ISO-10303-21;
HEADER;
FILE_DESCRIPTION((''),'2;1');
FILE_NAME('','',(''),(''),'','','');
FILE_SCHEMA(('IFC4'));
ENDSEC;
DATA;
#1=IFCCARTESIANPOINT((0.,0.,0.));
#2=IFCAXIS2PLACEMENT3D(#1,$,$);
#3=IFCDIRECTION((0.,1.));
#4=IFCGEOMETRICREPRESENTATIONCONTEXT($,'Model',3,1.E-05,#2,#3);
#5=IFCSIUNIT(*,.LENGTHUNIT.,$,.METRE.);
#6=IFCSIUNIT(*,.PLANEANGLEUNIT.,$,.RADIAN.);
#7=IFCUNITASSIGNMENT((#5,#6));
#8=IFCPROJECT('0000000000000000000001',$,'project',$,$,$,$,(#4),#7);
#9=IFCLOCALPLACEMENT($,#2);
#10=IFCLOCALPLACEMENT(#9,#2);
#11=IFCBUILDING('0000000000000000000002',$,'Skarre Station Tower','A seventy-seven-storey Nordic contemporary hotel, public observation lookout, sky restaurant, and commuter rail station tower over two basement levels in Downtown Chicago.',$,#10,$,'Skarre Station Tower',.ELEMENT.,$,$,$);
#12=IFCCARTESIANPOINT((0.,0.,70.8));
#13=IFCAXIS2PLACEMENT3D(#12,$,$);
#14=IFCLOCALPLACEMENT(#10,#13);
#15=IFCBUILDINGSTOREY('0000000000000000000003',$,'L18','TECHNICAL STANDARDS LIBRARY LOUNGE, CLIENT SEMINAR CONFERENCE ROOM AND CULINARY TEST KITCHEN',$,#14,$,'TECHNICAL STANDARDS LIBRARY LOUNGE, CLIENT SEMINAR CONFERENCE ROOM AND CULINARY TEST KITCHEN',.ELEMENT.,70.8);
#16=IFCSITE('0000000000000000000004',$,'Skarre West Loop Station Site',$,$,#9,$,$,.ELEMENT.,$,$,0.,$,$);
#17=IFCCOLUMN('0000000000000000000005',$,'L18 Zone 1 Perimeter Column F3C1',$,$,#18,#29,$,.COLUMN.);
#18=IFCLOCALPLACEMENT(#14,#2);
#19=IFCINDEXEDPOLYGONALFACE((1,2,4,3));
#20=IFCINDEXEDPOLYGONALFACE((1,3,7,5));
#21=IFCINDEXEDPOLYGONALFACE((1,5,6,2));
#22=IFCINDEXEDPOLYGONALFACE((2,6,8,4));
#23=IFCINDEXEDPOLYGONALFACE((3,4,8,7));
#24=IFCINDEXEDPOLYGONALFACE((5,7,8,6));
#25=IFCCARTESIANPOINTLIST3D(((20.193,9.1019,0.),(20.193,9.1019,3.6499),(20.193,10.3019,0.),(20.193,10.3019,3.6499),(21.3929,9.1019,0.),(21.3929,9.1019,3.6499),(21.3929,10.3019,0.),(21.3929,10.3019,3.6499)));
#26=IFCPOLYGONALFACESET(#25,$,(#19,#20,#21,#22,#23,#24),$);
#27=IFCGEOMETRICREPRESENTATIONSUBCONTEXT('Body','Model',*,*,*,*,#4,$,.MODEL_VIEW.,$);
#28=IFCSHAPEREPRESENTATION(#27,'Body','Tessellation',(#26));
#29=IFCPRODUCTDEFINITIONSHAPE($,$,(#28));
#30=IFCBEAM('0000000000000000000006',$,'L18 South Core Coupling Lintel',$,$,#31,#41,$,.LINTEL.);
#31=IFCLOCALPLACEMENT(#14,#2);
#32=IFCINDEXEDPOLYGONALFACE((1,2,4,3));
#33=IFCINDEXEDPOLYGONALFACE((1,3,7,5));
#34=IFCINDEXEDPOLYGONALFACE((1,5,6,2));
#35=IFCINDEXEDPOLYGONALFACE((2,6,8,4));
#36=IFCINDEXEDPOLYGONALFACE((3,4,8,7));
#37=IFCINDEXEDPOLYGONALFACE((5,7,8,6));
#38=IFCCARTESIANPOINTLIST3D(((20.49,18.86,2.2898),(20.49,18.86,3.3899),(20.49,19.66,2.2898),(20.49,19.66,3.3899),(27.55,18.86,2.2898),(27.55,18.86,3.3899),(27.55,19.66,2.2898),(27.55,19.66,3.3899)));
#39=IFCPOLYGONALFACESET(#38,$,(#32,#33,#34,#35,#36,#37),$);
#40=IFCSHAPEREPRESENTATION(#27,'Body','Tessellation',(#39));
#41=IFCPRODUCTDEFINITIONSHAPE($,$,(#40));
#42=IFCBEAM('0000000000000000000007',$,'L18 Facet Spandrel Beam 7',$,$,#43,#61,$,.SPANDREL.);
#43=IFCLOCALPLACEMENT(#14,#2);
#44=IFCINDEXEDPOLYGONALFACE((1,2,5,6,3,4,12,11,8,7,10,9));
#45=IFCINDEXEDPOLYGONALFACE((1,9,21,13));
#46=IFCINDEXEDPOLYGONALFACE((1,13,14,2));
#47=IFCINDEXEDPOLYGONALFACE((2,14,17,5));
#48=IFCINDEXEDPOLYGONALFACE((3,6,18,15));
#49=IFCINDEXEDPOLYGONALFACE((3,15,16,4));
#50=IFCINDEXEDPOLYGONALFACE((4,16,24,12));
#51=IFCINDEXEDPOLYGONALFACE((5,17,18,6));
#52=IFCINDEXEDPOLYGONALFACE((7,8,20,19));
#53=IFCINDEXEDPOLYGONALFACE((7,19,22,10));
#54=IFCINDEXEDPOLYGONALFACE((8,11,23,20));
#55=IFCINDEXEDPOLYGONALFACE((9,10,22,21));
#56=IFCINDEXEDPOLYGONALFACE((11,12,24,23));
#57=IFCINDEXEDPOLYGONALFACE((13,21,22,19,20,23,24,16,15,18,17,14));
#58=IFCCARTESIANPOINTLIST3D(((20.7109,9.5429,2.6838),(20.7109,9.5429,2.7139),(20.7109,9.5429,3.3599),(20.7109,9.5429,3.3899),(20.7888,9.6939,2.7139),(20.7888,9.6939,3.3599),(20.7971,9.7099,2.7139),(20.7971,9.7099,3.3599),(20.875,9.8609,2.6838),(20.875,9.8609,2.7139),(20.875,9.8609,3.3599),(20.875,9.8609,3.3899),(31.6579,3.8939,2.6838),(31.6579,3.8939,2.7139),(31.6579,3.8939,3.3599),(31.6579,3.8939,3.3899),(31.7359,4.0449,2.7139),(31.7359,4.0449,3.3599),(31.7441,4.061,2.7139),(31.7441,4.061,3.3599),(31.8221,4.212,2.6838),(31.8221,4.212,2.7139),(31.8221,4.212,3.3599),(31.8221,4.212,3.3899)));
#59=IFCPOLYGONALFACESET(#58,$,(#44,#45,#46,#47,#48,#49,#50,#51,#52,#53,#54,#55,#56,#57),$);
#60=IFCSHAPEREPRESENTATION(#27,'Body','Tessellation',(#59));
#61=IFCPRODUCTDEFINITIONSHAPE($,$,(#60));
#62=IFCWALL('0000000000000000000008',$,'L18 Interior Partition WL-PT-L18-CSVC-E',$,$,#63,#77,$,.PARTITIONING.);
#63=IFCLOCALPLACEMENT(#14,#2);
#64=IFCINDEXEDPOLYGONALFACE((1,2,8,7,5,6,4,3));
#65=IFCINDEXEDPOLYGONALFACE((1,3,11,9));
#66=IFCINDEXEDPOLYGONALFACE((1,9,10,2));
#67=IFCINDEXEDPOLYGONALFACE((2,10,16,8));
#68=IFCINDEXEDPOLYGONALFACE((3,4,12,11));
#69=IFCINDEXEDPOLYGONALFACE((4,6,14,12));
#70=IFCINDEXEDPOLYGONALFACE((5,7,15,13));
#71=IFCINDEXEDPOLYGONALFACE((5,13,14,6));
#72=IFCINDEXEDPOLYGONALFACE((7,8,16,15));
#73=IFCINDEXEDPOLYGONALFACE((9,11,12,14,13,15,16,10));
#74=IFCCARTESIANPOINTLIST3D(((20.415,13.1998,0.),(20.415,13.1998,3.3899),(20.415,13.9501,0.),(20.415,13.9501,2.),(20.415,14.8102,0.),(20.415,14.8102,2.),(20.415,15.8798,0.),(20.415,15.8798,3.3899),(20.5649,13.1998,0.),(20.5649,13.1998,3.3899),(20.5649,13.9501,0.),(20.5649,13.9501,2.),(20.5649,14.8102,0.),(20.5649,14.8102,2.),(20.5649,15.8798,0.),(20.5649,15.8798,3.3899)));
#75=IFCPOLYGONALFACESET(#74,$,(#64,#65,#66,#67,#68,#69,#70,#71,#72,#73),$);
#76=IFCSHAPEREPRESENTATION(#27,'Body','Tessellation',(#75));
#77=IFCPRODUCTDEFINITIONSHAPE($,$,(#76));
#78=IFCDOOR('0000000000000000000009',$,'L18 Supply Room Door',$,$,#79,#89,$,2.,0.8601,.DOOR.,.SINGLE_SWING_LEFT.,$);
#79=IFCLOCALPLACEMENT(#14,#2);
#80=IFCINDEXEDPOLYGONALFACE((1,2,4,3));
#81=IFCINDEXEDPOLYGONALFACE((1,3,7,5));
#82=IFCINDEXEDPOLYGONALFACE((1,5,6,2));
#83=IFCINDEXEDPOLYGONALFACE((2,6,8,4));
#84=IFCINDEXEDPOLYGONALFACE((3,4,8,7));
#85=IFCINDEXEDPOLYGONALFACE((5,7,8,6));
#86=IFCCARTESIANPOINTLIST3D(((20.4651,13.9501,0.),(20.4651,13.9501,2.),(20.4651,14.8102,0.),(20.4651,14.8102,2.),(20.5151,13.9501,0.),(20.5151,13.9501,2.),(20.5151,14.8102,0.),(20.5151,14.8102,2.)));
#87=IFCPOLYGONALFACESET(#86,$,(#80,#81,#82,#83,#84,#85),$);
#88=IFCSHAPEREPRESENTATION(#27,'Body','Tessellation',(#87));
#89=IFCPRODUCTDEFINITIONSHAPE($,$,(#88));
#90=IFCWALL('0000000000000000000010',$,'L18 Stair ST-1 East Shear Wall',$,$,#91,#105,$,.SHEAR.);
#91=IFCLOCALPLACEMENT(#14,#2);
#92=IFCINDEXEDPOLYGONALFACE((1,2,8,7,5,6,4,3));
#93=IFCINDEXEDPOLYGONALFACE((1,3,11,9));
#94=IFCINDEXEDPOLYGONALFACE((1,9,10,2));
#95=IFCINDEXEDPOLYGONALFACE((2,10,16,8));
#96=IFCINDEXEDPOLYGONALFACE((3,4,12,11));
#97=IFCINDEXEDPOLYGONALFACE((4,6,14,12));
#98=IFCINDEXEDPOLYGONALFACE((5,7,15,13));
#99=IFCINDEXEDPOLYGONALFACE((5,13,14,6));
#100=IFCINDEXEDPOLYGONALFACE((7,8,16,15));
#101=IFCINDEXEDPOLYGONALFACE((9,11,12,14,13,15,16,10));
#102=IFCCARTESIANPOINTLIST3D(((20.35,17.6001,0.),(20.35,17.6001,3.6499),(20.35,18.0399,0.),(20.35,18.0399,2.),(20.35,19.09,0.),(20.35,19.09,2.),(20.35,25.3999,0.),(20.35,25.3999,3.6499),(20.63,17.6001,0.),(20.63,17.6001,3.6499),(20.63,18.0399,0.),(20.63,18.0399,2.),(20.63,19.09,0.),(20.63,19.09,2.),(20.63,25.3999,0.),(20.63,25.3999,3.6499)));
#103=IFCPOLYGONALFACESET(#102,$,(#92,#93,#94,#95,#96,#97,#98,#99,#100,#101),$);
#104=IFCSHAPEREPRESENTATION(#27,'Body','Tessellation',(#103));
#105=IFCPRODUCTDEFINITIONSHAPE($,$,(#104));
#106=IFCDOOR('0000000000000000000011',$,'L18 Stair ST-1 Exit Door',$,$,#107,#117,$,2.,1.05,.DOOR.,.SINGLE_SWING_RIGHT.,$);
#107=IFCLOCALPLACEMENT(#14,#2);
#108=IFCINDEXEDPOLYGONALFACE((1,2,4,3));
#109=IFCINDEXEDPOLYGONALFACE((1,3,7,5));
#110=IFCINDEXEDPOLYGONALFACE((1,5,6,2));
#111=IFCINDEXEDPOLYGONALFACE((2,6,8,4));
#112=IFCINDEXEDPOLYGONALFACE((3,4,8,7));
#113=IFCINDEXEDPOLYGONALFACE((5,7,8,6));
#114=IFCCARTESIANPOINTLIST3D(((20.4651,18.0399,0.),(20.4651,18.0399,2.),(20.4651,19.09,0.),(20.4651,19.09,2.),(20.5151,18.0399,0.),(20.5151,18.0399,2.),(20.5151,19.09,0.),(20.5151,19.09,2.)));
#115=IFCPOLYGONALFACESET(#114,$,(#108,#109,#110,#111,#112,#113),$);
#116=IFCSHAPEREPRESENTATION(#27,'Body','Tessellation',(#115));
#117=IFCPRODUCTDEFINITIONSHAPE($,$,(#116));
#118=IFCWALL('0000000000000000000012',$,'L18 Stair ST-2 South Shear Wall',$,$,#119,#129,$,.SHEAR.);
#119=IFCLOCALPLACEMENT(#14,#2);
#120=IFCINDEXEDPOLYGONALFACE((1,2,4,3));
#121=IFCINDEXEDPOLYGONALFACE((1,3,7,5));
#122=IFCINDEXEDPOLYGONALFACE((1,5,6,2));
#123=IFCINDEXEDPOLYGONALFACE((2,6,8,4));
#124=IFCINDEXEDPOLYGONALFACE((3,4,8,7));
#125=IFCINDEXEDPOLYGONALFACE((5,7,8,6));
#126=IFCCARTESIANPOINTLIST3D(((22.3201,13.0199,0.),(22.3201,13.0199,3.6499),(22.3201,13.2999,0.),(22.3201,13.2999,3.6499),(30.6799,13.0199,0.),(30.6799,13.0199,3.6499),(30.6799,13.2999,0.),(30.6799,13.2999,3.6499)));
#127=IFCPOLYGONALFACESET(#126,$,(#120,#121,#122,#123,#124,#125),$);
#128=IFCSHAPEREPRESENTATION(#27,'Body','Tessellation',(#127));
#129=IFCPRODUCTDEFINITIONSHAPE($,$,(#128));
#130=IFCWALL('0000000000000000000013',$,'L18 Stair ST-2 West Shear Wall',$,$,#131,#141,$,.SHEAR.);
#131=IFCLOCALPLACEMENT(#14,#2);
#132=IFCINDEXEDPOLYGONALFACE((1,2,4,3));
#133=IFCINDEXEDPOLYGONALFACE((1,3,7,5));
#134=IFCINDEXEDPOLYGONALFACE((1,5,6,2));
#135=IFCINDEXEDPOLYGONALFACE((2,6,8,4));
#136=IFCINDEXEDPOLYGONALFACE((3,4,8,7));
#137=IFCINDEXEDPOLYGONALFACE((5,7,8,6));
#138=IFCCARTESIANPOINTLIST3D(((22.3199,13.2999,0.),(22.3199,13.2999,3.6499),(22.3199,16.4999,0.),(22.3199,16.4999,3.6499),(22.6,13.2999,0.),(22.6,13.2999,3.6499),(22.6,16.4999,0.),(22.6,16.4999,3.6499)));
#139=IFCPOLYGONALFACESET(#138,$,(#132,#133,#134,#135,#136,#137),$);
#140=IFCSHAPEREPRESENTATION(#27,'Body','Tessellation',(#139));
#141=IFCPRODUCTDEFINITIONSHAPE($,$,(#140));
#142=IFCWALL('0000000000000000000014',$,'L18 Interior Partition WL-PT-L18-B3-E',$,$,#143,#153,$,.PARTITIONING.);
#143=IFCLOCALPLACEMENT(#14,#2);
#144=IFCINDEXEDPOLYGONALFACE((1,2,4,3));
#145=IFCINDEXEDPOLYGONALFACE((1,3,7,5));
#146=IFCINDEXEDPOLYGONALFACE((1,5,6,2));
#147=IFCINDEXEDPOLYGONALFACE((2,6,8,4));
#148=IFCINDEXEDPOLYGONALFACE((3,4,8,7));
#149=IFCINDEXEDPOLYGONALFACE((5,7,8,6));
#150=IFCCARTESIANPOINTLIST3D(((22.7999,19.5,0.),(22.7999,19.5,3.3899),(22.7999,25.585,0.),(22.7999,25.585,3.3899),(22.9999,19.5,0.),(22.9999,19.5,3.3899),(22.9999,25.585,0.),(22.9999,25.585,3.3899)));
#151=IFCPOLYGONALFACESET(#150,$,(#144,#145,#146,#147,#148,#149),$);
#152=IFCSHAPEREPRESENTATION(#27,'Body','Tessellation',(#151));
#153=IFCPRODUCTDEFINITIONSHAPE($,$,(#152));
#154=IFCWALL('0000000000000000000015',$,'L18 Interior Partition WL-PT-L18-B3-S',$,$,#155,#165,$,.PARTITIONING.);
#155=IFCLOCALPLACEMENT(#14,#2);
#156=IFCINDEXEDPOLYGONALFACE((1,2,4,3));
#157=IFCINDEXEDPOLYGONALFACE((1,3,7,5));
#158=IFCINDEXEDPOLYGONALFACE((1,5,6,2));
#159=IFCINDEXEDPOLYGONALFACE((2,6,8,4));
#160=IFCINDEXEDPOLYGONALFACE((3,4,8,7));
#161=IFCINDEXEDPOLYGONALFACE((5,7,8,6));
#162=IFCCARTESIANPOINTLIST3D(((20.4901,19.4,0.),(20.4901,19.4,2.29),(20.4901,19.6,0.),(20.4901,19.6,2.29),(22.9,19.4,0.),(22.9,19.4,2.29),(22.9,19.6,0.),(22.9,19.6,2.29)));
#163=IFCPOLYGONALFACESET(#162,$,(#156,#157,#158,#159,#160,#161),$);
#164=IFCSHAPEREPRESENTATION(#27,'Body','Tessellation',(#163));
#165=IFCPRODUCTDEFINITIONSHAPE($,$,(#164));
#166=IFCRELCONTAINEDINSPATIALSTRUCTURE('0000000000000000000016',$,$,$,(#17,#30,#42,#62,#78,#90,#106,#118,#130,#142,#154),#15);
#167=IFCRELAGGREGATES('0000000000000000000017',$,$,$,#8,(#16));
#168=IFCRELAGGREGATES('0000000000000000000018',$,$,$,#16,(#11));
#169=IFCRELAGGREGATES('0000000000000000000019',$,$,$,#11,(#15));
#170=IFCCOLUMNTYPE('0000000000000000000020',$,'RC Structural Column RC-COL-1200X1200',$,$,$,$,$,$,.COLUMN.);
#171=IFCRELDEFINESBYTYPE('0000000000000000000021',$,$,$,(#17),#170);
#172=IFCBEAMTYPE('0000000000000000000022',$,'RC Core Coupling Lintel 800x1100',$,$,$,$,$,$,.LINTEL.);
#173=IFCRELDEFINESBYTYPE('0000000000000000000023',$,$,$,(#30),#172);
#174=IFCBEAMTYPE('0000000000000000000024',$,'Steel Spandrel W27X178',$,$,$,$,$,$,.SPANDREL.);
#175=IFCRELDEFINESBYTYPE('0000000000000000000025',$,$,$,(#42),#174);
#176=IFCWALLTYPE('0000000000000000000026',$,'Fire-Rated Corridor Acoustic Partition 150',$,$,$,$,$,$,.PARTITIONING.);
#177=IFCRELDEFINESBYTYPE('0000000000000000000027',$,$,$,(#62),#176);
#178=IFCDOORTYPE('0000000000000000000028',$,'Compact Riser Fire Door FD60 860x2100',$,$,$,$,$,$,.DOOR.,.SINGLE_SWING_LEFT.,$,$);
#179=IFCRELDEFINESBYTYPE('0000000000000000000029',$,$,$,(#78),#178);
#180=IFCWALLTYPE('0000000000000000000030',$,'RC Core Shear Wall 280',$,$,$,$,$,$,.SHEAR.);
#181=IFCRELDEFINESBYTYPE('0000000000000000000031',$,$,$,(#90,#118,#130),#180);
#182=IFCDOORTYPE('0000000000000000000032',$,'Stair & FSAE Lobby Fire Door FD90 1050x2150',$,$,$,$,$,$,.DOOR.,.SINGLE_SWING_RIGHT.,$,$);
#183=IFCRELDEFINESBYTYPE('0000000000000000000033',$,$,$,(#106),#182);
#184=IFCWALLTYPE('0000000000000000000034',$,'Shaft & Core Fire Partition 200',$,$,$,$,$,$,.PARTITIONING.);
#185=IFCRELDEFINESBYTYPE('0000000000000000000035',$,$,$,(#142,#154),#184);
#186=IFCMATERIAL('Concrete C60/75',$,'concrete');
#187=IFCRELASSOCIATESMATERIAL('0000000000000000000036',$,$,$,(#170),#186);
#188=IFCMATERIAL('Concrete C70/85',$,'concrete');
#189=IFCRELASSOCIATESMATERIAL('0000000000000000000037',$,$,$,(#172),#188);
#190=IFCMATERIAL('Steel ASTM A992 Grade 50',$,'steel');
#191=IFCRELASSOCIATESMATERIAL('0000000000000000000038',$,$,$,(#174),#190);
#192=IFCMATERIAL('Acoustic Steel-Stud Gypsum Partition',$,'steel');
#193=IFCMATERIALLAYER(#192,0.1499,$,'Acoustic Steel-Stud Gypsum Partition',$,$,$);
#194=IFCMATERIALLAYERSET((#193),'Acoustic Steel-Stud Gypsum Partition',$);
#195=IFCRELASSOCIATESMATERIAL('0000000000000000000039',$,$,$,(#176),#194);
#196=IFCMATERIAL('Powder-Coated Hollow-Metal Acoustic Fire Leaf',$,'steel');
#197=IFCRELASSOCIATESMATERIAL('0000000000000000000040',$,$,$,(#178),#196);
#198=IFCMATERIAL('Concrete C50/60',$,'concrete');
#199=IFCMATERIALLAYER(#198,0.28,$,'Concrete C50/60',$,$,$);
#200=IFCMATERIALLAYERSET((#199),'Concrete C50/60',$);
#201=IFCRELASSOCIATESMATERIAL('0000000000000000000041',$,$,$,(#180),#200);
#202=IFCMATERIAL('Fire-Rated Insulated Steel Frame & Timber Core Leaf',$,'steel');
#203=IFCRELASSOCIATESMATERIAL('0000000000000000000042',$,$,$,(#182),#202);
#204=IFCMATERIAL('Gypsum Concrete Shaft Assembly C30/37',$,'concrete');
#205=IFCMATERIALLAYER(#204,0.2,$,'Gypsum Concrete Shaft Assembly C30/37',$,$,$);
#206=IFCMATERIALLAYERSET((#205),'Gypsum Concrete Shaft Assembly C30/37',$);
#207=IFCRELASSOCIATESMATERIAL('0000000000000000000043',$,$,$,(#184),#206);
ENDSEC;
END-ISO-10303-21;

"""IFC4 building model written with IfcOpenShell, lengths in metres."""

from ifc_helpers import new_model, si_unit, direction, frame, frame_2d, origin, origin_2d, place, context, subcontext, project, spatial, rectangle, i_section, extrude, material, layer, layer_set, material_profile, profile_set, type_object, element, fill, save


model = new_model("IFC4")

# Units and contexts
model_context = context("Model", 3, precision=1e-05, world=origin(), true_north=direction((0.0, 1.0)))
body_context = subcontext(model_context, "Body", "Model", "MODEL_VIEW")
ifc_project = project(units=[si_unit("LENGTHUNIT", "METRE"), si_unit("PLANEANGLEUNIT", "RADIAN")], contexts=[model_context])

# Site, building, storey
site_placement = place(None, origin())
site = spatial("IfcSite", under=ifc_project, at=site_placement, Name="Skarre West Loop Station Site", CompositionType="ELEMENT", RefElevation=0.0)
building_placement = place(site_placement, origin())
building = spatial("IfcBuilding", under=site, at=building_placement, Name="Skarre Station Tower", Description="A seventy-seven-storey Nordic contemporary hotel, public observation lookout, sky restaurant, and commuter rail station tower over two basement levels in Downtown Chicago.", LongName="Skarre Station Tower", CompositionType="ELEMENT")
storey_placement = place(building_placement, frame((0.0, 0.0, 70.8)))
storey = spatial("IfcBuildingStorey", under=building, at=storey_placement, Name="L18", Description="TECHNICAL STANDARDS LIBRARY LOUNGE, CLIENT SEMINAR CONFERENCE ROOM AND CULINARY TEST KITCHEN", LongName="TECHNICAL STANDARDS LIBRARY LOUNGE, CLIENT SEMINAR CONFERENCE ROOM AND CULINARY TEST KITCHEN", CompositionType="ELEMENT", Elevation=70.8)

# Column
ifc_material_1 = material(Name="Concrete C60/75", Category="concrete")
ifc_material_profile_1 = material_profile(ifc_material_1, rectangle(XDim=1.2, YDim=1.2, at=origin_2d()), Name="Concrete C60/75")
ifc_profile_set_1 = profile_set([ifc_material_profile_1], Name="Concrete C60/75")
column_type = type_object("IfcColumnType", Name="RC Structural Column RC-COL-1200X1200", PredefinedType="COLUMN", material=ifc_profile_set_1)
column_placement = place(storey_placement, frame((20.793, 9.7019, 0.0), z_axis=(0.0, 0.0, 1.0), x_axis=(1.0, 0.0, 0.0)))
element("IfcColumn", 1, at=column_placement, inside=storey, type_object=column_type, Name="L18 Zone 1 Perimeter Column F3C1", PredefinedType="COLUMN", context=body_context, shape_type="SweptSolid", body=[
    extrude(rectangle(XDim=1.2, YDim=1.2, at=origin_2d()), origin(), (0.0, 0.0, 1.0), 3.6499),
])

# Beams
ifc_material_2 = material(Name="Concrete C70/85", Category="concrete")
ifc_material_profile_2 = material_profile(ifc_material_2, rectangle(XDim=0.8, YDim=1.1001, at=origin_2d()), Name="Concrete C70/85")
ifc_profile_set_2 = profile_set([ifc_material_profile_2], Name="Concrete C70/85")
beam_type_1 = type_object("IfcBeamType", Name="RC Core Coupling Lintel 800x1100", PredefinedType="LINTEL", material=ifc_profile_set_2)
beam_1_placement = place(storey_placement, frame((20.49, 19.26, 2.8398), z_axis=(1.0, 0.0, 0.0), x_axis=(0.0, 1.0, 0.0)))
element("IfcBeam", 2, at=beam_1_placement, inside=storey, type_object=beam_type_1, Name="L18 South Core Coupling Lintel", PredefinedType="LINTEL", context=body_context, shape_type="SweptSolid", body=[
    extrude(rectangle(XDim=0.8, YDim=1.1001, at=origin_2d()), origin(), (0.0, 0.0, 1.0), 7.0601),
])
ifc_material_3 = material(Name="Steel ASTM A992 Grade 50", Category="steel")
ifc_material_profile_3 = material_profile(ifc_material_3, i_section(OverallWidth=0.3579, OverallDepth=0.7061, WebThickness=0.0181, FlangeThickness=0.03, at=origin_2d()), Name="Steel ASTM A992 Grade 50")
ifc_profile_set_3 = profile_set([ifc_material_profile_3], Name="Steel ASTM A992 Grade 50")
beam_type_2 = type_object("IfcBeamType", Name="Steel Spandrel W27X178", PredefinedType="SPANDREL", material=ifc_profile_set_3)
beam_2_placement = place(storey_placement, frame((20.793, 9.7019, 3.0369), z_axis=(0.888659, -0.458569, 0.0), x_axis=(0.458569, 0.888659, 0.0)))
element("IfcBeam", 3, at=beam_2_placement, inside=storey, type_object=beam_type_2, Name="L18 Facet Spandrel Beam 7", PredefinedType="SPANDREL", context=body_context, shape_type="SweptSolid", body=[
    extrude(i_section(OverallWidth=0.3579, OverallDepth=0.7061, WebThickness=0.0181, FlangeThickness=0.03, at=origin_2d()), origin(), (0.0, 0.0, 1.0), 12.3186),
])

# Walls, openings, doors
ifc_material_4 = material(Name="Acoustic Steel-Stud Gypsum Partition", Category="steel")
ifc_layer_1 = layer(ifc_material_4, 0.1499, Name="Acoustic Steel-Stud Gypsum Partition")
ifc_layer_set_1 = layer_set([ifc_layer_1], Name="Acoustic Steel-Stud Gypsum Partition")
wall_type_1 = type_object("IfcWallType", Name="Fire-Rated Corridor Acoustic Partition 150", PredefinedType="PARTITIONING", material=ifc_layer_set_1)
wall_1_placement = place(storey_placement, frame((20.49, 13.2, 0.0), z_axis=(0.0, 0.0, 1.0), x_axis=(0.0, 1.0, 0.0)))
wall_1 = element("IfcWall", 4, at=wall_1_placement, inside=storey, type_object=wall_type_1, Name="L18 Interior Partition WL-PT-L18-CSVC-E", PredefinedType="PARTITIONING", context=body_context, shape_type="SweptSolid", body=[
    extrude(rectangle(XDim=2.6799, YDim=0.1499, at=frame_2d((1.3398, 0.0))), origin(), (0.0, 0.0, 1.0), 3.3899),
])
opening_1_placement = place(wall_1_placement, frame((0.75, 0.0, 0.0)))
opening_1 = element("IfcOpeningElement", 5, at=opening_1_placement, cuts=wall_1, PredefinedType="OPENING", context=body_context, shape_type="SweptSolid", body=[
    extrude(rectangle(XDim=0.8601, YDim=2.0, at=frame_2d((0.4302, 1.0))), frame((0.0, 0.085, 0.0), z_axis=(0.0, -1.0, 0.0), x_axis=(1.0, 0.0, 0.0)), (0.0, 0.0, 1.0), 0.1699),
])
ifc_material_5 = material(Name="Powder-Coated Hollow-Metal Acoustic Fire Leaf", Category="steel")
door_type_1 = type_object("IfcDoorType", Name="Compact Riser Fire Door FD60 860x2100", OperationType="SINGLE_SWING_LEFT", PredefinedType="DOOR", material=ifc_material_5)
door_1_placement = place(opening_1_placement, origin())
door_1 = element("IfcDoor", 6, at=door_1_placement, inside=storey, type_object=door_type_1, Name="L18 Supply Room Door", OperationType="SINGLE_SWING_LEFT", OverallHeight=2.0, OverallWidth=0.8601, PredefinedType="DOOR", context=body_context, shape_type="SweptSolid", body=[
    extrude(rectangle(XDim=0.8601, YDim=2.0, at=frame_2d((0.4302, 1.0))), frame((0.0, 0.0249, 0.0), z_axis=(0.0, -1.0, 0.0), x_axis=(1.0, 0.0, 0.0)), (0.0, 0.0, 1.0), 0.05),
])
fill(opening_1, door_1)
ifc_material_6 = material(Name="Concrete C50/60", Category="concrete")
ifc_layer_2 = layer(ifc_material_6, 0.28, Name="Concrete C50/60")
ifc_layer_set_2 = layer_set([ifc_layer_2], Name="Concrete C50/60")
wall_type_2 = type_object("IfcWallType", Name="RC Core Shear Wall 280", PredefinedType="SHEAR", material=ifc_layer_set_2)
wall_2_placement = place(storey_placement, frame((20.49, 17.6001, 0.0), z_axis=(0.0, 0.0, 1.0), x_axis=(0.0, 1.0, 0.0)))
wall_2 = element("IfcWall", 7, at=wall_2_placement, inside=storey, type_object=wall_type_2, Name="L18 Stair ST-1 East Shear Wall", PredefinedType="SHEAR", context=body_context, shape_type="SweptSolid", body=[
    extrude(rectangle(XDim=7.7998, YDim=0.28, at=frame_2d((3.8999, 0.0))), origin(), (0.0, 0.0, 1.0), 3.6499),
])
opening_2_placement = place(wall_2_placement, frame((0.4399, 0.0, 0.0)))
opening_2 = element("IfcOpeningElement", 8, at=opening_2_placement, cuts=wall_2, PredefinedType="OPENING", context=body_context, shape_type="SweptSolid", body=[
    extrude(rectangle(XDim=1.05, YDim=2.0, at=frame_2d((0.5249, 1.0))), frame((0.0, 0.1499, 0.0), z_axis=(0.0, -1.0, 0.0), x_axis=(1.0, 0.0, 0.0)), (0.0, 0.0, 1.0), 0.3),
])
ifc_material_7 = material(Name="Fire-Rated Insulated Steel Frame & Timber Core Leaf", Category="steel")
door_type_2 = type_object("IfcDoorType", Name="Stair & FSAE Lobby Fire Door FD90 1050x2150", OperationType="SINGLE_SWING_RIGHT", PredefinedType="DOOR", material=ifc_material_7)
door_2_placement = place(opening_2_placement, origin())
door_2 = element("IfcDoor", 9, at=door_2_placement, inside=storey, type_object=door_type_2, Name="L18 Stair ST-1 Exit Door", OperationType="SINGLE_SWING_RIGHT", OverallHeight=2.0, OverallWidth=1.05, PredefinedType="DOOR", context=body_context, shape_type="SweptSolid", body=[
    extrude(rectangle(XDim=1.05, YDim=2.0, at=frame_2d((0.5249, 1.0))), frame((0.0, 0.0249, 0.0), z_axis=(0.0, -1.0, 0.0), x_axis=(1.0, 0.0, 0.0)), (0.0, 0.0, 1.0), 0.05),
])
fill(opening_2, door_2)

# Walls
wall_3_placement = place(storey_placement, frame((22.3201, 13.1599, 0.0), z_axis=(0.0, 0.0, 1.0), x_axis=(1.0, 0.0, 0.0)))
element("IfcWall", 10, at=wall_3_placement, inside=storey, type_object=wall_type_2, Name="L18 Stair ST-2 South Shear Wall", PredefinedType="SHEAR", context=body_context, shape_type="SweptSolid", body=[
    extrude(rectangle(XDim=8.3599, YDim=0.28, at=frame_2d((4.1799, 0.0))), origin(), (0.0, 0.0, 1.0), 3.6499),
])
wall_4_placement = place(storey_placement, frame((22.46, 16.5, 0.0), z_axis=(0.0, 0.0, 1.0), x_axis=(0.0, -1.0, 0.0)))
element("IfcWall", 11, at=wall_4_placement, inside=storey, type_object=wall_type_2, Name="L18 Stair ST-2 West Shear Wall", PredefinedType="SHEAR", context=body_context, shape_type="SweptSolid", body=[
    extrude(rectangle(XDim=3.2, YDim=0.28, at=frame_2d((1.6001, 0.0))), origin(), (0.0, 0.0, 1.0), 3.6499),
])
ifc_material_8 = material(Name="Gypsum Concrete Shaft Assembly C30/37", Category="concrete")
ifc_layer_3 = layer(ifc_material_8, 0.2, Name="Gypsum Concrete Shaft Assembly C30/37")
ifc_layer_set_3 = layer_set([ifc_layer_3], Name="Gypsum Concrete Shaft Assembly C30/37")
wall_type_3 = type_object("IfcWallType", Name="Shaft & Core Fire Partition 200", PredefinedType="PARTITIONING", material=ifc_layer_set_3)
wall_5_placement = place(storey_placement, frame((22.8999, 19.5, 0.0), z_axis=(0.0, 0.0, 1.0), x_axis=(0.0, 1.0, 0.0)))
element("IfcWall", 12, at=wall_5_placement, inside=storey, type_object=wall_type_3, Name="L18 Interior Partition WL-PT-L18-B3-E", PredefinedType="PARTITIONING", context=body_context, shape_type="SweptSolid", body=[
    extrude(rectangle(XDim=6.085, YDim=0.2, at=frame_2d((3.0425, 0.0))), origin(), (0.0, 0.0, 1.0), 3.3899),
])
wall_6_placement = place(storey_placement, frame((20.49, 19.5, 0.0), z_axis=(0.0, 0.0, 1.0), x_axis=(1.0, 0.0, 0.0)))
element("IfcWall", 13, at=wall_6_placement, inside=storey, type_object=wall_type_3, Name="L18 Interior Partition WL-PT-L18-B3-S", PredefinedType="PARTITIONING", context=body_context, shape_type="SweptSolid", body=[
    extrude(rectangle(XDim=2.4099, YDim=0.2, at=frame_2d((1.2051, 0.0))), origin(), (0.0, 0.0, 1.0), 2.29),
])

save(model, "model.ifc")
